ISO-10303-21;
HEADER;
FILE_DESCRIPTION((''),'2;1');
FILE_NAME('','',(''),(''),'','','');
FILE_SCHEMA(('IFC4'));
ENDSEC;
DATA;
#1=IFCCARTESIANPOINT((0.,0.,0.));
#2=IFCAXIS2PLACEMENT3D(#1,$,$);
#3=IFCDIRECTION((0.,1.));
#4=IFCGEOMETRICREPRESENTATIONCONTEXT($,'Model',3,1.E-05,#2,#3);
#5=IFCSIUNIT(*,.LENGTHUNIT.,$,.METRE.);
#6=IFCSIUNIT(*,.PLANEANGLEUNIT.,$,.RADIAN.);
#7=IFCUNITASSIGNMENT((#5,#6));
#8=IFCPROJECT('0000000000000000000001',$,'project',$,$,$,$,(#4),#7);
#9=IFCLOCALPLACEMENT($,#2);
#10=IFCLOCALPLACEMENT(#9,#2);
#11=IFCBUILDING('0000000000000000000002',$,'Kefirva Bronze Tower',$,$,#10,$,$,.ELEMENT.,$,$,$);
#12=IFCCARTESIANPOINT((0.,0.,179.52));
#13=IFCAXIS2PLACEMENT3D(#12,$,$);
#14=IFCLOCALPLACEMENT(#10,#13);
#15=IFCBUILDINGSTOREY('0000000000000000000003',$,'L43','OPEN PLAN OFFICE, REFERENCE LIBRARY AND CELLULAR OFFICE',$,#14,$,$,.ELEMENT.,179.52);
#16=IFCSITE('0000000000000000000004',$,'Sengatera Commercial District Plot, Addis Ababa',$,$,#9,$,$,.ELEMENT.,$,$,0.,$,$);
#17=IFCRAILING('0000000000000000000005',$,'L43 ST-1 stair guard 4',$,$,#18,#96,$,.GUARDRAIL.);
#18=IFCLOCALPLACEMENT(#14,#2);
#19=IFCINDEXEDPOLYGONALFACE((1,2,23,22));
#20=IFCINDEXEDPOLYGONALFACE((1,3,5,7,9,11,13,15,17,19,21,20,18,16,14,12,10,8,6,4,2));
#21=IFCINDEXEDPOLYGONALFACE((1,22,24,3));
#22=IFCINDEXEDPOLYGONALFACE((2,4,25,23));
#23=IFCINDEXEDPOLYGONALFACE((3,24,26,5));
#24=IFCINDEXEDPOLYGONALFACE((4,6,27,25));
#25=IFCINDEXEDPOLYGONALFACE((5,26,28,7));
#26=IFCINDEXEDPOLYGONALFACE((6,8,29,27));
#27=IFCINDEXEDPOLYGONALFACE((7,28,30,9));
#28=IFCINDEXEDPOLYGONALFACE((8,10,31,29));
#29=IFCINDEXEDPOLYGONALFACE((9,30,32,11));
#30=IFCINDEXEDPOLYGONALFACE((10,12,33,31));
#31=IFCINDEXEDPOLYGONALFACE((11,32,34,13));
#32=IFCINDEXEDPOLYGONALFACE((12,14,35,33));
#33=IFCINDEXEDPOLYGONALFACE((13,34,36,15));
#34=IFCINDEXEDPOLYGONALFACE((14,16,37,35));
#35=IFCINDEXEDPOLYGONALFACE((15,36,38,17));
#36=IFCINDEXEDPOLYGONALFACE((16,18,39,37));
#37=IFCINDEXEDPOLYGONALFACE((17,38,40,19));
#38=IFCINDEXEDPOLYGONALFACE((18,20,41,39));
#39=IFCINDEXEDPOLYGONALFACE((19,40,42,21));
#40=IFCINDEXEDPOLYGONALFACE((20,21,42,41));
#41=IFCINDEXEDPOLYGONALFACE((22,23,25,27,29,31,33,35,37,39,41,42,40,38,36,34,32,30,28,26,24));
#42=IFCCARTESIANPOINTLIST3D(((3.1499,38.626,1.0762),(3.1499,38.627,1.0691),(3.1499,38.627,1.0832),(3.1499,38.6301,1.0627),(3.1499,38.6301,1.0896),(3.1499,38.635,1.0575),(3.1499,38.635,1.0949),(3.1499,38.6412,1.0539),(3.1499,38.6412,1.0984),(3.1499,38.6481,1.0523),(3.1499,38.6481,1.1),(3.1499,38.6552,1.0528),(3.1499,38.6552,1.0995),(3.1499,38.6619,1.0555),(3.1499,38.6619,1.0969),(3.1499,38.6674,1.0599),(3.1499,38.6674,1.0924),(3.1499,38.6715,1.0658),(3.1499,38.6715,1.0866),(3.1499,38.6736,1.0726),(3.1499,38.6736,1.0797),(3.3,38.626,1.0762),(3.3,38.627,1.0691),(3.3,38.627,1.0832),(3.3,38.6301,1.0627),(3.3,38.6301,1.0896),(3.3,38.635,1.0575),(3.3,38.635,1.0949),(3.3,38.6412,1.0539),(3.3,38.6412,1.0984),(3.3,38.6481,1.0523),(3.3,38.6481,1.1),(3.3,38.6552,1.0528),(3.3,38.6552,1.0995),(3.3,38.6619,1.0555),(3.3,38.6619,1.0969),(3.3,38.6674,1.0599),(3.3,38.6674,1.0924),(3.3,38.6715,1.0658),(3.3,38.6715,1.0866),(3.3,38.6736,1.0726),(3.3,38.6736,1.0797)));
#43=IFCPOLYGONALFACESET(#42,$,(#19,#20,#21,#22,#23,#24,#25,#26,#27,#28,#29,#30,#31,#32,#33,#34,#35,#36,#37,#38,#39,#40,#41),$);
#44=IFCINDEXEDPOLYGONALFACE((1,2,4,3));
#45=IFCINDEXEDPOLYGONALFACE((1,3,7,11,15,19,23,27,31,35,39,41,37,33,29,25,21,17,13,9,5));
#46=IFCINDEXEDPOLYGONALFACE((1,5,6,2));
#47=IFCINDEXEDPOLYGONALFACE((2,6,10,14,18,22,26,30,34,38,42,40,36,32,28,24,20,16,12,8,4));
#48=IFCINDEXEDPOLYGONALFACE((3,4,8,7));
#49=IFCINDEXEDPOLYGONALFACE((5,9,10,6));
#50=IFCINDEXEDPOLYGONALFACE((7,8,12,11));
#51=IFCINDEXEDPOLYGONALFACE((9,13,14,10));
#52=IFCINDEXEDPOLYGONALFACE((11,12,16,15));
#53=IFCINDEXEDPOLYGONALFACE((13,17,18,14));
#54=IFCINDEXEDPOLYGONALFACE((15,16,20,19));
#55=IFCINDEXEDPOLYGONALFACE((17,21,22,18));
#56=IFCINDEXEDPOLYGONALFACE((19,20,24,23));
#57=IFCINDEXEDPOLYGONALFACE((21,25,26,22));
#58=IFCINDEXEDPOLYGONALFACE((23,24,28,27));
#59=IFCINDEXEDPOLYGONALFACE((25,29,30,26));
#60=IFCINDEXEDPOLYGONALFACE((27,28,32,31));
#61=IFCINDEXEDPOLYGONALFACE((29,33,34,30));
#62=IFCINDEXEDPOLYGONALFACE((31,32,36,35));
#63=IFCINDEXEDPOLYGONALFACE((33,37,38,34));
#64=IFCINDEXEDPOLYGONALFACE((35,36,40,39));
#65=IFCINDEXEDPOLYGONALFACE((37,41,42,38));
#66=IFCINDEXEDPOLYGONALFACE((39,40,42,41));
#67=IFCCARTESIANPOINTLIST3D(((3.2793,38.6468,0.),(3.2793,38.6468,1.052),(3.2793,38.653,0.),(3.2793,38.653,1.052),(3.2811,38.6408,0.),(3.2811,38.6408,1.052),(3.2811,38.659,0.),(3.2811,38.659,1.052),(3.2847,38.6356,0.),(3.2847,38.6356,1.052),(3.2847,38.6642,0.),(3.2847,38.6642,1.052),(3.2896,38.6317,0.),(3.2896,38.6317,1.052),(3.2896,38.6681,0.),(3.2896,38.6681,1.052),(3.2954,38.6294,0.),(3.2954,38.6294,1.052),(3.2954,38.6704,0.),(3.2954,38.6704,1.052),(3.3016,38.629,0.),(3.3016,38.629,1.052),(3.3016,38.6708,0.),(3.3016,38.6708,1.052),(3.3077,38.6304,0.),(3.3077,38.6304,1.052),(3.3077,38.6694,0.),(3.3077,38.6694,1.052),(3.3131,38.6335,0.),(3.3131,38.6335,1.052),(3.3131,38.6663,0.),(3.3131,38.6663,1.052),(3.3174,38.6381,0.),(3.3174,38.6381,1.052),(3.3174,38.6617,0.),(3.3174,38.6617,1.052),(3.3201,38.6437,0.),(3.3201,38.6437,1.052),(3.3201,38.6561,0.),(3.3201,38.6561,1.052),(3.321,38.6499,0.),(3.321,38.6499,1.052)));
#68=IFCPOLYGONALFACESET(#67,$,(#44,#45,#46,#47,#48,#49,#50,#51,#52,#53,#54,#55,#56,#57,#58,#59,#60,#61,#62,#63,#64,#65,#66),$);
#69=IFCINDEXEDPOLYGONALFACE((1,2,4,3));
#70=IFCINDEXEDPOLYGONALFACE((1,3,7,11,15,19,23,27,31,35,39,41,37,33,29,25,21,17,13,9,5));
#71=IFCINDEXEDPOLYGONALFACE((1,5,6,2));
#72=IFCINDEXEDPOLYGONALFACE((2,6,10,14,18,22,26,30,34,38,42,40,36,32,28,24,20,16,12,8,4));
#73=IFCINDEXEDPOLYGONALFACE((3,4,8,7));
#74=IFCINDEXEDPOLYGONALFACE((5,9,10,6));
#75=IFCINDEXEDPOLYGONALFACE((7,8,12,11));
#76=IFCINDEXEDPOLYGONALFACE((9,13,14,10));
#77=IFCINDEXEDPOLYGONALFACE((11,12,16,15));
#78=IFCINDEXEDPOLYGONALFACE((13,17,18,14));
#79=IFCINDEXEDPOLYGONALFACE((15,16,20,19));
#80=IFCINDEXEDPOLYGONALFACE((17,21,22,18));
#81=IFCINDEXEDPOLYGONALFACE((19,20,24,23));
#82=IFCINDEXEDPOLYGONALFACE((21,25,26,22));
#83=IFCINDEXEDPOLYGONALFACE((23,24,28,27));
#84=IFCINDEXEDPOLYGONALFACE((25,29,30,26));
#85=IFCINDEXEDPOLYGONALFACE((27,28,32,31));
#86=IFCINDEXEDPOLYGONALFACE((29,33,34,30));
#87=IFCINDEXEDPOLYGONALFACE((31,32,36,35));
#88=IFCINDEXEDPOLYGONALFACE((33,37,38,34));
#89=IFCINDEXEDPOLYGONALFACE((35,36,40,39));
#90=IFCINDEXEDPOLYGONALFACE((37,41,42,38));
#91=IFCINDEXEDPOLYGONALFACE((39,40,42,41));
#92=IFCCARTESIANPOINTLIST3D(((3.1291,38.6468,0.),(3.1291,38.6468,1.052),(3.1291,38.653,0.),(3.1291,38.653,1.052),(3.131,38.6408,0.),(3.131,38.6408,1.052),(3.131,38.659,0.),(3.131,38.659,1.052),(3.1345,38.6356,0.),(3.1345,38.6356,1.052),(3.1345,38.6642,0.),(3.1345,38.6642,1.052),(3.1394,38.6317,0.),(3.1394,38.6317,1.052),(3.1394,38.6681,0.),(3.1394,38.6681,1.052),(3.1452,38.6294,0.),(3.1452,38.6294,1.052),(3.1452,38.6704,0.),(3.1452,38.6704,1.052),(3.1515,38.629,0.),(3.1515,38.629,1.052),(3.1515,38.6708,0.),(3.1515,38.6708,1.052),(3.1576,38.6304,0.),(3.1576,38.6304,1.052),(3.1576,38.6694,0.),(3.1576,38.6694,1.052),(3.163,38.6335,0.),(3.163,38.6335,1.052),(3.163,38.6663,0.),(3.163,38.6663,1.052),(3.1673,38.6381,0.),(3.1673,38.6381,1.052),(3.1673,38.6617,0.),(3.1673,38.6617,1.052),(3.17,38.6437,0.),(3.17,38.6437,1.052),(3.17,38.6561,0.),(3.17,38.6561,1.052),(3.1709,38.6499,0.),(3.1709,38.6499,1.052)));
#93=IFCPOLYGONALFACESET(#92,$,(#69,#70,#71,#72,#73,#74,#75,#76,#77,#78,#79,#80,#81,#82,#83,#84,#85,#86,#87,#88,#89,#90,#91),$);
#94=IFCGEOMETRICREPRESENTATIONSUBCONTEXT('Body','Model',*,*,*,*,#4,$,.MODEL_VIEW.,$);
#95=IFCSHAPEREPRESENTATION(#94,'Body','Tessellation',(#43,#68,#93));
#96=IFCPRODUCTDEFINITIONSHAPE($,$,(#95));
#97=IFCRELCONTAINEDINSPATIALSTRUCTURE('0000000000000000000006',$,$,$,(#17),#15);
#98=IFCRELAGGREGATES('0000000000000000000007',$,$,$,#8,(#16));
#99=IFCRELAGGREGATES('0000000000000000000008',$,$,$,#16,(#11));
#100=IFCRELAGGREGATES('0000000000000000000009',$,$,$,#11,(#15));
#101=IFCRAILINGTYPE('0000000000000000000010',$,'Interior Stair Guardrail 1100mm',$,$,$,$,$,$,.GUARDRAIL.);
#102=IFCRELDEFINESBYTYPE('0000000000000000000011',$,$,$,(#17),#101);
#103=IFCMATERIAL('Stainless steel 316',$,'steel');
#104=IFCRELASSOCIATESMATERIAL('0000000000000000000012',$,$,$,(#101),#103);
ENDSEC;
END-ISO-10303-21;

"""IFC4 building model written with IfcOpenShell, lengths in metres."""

from ifc_helpers import new_model, si_unit, direction, frame, origin, origin_2d, place, context, subcontext, project, spatial, circle, extrude, material, type_object, element, save


model = new_model("IFC4")

# Units and contexts
model_context = context("Model", 3, precision=1e-05, world=origin(), true_north=direction((0.0, 1.0)))
body_context = subcontext(model_context, "Body", "Model", "MODEL_VIEW")
ifc_project = project(units=[si_unit("LENGTHUNIT", "METRE"), si_unit("PLANEANGLEUNIT", "RADIAN")], contexts=[model_context])

# Site, building, storey
site_placement = place(None, origin())
site = spatial("IfcSite", under=ifc_project, at=site_placement, Name="Sengatera Commercial District Plot, Addis Ababa", CompositionType="ELEMENT", RefElevation=0.0)
building_placement = place(site_placement, origin())
building = spatial("IfcBuilding", under=site, at=building_placement, Name="Kefirva Bronze Tower", CompositionType="ELEMENT")
storey_placement = place(building_placement, frame((0.0, 0.0, 179.52)))
storey = spatial("IfcBuildingStorey", under=building, at=storey_placement, Name="L43", Description="OPEN PLAN OFFICE, REFERENCE LIBRARY AND CELLULAR OFFICE", CompositionType="ELEMENT", Elevation=179.52)

# Railing
ifc_material_1 = material(Name="Stainless steel 316", Category="steel")
railing_type_1 = type_object("IfcRailingType", Name="Interior Stair Guardrail 1100mm", PredefinedType="GUARDRAIL", material=ifc_material_1)
railing_1_placement = place(storey_placement, frame((3.3, 38.6499, 0.0)))
element("IfcRailing", 1, at=railing_1_placement, inside=storey, type_object=railing_type_1, Name="L43 ST-1 stair guard 4", PredefinedType="GUARDRAIL", context=body_context, shape_type="SweptSolid", body=[
    extrude(circle(Radius=0.0239, at=origin_2d()), frame((0.0, 0.0, 1.0762), z_axis=(-1.0, 0.0, 0.0), x_axis=(0.0, -1.0, 0.0)), (0.0, 0.0, 1.0), 0.1501),
    extrude(circle(Radius=0.021, at=origin_2d()), origin(), (0.0, 0.0, 1.0), 1.052),
    extrude(circle(Radius=0.021, at=origin_2d()), frame((-0.1501, 0.0, 0.0)), (0.0, 0.0, 1.0), 1.052),
])

save(model, "model.ifc")
